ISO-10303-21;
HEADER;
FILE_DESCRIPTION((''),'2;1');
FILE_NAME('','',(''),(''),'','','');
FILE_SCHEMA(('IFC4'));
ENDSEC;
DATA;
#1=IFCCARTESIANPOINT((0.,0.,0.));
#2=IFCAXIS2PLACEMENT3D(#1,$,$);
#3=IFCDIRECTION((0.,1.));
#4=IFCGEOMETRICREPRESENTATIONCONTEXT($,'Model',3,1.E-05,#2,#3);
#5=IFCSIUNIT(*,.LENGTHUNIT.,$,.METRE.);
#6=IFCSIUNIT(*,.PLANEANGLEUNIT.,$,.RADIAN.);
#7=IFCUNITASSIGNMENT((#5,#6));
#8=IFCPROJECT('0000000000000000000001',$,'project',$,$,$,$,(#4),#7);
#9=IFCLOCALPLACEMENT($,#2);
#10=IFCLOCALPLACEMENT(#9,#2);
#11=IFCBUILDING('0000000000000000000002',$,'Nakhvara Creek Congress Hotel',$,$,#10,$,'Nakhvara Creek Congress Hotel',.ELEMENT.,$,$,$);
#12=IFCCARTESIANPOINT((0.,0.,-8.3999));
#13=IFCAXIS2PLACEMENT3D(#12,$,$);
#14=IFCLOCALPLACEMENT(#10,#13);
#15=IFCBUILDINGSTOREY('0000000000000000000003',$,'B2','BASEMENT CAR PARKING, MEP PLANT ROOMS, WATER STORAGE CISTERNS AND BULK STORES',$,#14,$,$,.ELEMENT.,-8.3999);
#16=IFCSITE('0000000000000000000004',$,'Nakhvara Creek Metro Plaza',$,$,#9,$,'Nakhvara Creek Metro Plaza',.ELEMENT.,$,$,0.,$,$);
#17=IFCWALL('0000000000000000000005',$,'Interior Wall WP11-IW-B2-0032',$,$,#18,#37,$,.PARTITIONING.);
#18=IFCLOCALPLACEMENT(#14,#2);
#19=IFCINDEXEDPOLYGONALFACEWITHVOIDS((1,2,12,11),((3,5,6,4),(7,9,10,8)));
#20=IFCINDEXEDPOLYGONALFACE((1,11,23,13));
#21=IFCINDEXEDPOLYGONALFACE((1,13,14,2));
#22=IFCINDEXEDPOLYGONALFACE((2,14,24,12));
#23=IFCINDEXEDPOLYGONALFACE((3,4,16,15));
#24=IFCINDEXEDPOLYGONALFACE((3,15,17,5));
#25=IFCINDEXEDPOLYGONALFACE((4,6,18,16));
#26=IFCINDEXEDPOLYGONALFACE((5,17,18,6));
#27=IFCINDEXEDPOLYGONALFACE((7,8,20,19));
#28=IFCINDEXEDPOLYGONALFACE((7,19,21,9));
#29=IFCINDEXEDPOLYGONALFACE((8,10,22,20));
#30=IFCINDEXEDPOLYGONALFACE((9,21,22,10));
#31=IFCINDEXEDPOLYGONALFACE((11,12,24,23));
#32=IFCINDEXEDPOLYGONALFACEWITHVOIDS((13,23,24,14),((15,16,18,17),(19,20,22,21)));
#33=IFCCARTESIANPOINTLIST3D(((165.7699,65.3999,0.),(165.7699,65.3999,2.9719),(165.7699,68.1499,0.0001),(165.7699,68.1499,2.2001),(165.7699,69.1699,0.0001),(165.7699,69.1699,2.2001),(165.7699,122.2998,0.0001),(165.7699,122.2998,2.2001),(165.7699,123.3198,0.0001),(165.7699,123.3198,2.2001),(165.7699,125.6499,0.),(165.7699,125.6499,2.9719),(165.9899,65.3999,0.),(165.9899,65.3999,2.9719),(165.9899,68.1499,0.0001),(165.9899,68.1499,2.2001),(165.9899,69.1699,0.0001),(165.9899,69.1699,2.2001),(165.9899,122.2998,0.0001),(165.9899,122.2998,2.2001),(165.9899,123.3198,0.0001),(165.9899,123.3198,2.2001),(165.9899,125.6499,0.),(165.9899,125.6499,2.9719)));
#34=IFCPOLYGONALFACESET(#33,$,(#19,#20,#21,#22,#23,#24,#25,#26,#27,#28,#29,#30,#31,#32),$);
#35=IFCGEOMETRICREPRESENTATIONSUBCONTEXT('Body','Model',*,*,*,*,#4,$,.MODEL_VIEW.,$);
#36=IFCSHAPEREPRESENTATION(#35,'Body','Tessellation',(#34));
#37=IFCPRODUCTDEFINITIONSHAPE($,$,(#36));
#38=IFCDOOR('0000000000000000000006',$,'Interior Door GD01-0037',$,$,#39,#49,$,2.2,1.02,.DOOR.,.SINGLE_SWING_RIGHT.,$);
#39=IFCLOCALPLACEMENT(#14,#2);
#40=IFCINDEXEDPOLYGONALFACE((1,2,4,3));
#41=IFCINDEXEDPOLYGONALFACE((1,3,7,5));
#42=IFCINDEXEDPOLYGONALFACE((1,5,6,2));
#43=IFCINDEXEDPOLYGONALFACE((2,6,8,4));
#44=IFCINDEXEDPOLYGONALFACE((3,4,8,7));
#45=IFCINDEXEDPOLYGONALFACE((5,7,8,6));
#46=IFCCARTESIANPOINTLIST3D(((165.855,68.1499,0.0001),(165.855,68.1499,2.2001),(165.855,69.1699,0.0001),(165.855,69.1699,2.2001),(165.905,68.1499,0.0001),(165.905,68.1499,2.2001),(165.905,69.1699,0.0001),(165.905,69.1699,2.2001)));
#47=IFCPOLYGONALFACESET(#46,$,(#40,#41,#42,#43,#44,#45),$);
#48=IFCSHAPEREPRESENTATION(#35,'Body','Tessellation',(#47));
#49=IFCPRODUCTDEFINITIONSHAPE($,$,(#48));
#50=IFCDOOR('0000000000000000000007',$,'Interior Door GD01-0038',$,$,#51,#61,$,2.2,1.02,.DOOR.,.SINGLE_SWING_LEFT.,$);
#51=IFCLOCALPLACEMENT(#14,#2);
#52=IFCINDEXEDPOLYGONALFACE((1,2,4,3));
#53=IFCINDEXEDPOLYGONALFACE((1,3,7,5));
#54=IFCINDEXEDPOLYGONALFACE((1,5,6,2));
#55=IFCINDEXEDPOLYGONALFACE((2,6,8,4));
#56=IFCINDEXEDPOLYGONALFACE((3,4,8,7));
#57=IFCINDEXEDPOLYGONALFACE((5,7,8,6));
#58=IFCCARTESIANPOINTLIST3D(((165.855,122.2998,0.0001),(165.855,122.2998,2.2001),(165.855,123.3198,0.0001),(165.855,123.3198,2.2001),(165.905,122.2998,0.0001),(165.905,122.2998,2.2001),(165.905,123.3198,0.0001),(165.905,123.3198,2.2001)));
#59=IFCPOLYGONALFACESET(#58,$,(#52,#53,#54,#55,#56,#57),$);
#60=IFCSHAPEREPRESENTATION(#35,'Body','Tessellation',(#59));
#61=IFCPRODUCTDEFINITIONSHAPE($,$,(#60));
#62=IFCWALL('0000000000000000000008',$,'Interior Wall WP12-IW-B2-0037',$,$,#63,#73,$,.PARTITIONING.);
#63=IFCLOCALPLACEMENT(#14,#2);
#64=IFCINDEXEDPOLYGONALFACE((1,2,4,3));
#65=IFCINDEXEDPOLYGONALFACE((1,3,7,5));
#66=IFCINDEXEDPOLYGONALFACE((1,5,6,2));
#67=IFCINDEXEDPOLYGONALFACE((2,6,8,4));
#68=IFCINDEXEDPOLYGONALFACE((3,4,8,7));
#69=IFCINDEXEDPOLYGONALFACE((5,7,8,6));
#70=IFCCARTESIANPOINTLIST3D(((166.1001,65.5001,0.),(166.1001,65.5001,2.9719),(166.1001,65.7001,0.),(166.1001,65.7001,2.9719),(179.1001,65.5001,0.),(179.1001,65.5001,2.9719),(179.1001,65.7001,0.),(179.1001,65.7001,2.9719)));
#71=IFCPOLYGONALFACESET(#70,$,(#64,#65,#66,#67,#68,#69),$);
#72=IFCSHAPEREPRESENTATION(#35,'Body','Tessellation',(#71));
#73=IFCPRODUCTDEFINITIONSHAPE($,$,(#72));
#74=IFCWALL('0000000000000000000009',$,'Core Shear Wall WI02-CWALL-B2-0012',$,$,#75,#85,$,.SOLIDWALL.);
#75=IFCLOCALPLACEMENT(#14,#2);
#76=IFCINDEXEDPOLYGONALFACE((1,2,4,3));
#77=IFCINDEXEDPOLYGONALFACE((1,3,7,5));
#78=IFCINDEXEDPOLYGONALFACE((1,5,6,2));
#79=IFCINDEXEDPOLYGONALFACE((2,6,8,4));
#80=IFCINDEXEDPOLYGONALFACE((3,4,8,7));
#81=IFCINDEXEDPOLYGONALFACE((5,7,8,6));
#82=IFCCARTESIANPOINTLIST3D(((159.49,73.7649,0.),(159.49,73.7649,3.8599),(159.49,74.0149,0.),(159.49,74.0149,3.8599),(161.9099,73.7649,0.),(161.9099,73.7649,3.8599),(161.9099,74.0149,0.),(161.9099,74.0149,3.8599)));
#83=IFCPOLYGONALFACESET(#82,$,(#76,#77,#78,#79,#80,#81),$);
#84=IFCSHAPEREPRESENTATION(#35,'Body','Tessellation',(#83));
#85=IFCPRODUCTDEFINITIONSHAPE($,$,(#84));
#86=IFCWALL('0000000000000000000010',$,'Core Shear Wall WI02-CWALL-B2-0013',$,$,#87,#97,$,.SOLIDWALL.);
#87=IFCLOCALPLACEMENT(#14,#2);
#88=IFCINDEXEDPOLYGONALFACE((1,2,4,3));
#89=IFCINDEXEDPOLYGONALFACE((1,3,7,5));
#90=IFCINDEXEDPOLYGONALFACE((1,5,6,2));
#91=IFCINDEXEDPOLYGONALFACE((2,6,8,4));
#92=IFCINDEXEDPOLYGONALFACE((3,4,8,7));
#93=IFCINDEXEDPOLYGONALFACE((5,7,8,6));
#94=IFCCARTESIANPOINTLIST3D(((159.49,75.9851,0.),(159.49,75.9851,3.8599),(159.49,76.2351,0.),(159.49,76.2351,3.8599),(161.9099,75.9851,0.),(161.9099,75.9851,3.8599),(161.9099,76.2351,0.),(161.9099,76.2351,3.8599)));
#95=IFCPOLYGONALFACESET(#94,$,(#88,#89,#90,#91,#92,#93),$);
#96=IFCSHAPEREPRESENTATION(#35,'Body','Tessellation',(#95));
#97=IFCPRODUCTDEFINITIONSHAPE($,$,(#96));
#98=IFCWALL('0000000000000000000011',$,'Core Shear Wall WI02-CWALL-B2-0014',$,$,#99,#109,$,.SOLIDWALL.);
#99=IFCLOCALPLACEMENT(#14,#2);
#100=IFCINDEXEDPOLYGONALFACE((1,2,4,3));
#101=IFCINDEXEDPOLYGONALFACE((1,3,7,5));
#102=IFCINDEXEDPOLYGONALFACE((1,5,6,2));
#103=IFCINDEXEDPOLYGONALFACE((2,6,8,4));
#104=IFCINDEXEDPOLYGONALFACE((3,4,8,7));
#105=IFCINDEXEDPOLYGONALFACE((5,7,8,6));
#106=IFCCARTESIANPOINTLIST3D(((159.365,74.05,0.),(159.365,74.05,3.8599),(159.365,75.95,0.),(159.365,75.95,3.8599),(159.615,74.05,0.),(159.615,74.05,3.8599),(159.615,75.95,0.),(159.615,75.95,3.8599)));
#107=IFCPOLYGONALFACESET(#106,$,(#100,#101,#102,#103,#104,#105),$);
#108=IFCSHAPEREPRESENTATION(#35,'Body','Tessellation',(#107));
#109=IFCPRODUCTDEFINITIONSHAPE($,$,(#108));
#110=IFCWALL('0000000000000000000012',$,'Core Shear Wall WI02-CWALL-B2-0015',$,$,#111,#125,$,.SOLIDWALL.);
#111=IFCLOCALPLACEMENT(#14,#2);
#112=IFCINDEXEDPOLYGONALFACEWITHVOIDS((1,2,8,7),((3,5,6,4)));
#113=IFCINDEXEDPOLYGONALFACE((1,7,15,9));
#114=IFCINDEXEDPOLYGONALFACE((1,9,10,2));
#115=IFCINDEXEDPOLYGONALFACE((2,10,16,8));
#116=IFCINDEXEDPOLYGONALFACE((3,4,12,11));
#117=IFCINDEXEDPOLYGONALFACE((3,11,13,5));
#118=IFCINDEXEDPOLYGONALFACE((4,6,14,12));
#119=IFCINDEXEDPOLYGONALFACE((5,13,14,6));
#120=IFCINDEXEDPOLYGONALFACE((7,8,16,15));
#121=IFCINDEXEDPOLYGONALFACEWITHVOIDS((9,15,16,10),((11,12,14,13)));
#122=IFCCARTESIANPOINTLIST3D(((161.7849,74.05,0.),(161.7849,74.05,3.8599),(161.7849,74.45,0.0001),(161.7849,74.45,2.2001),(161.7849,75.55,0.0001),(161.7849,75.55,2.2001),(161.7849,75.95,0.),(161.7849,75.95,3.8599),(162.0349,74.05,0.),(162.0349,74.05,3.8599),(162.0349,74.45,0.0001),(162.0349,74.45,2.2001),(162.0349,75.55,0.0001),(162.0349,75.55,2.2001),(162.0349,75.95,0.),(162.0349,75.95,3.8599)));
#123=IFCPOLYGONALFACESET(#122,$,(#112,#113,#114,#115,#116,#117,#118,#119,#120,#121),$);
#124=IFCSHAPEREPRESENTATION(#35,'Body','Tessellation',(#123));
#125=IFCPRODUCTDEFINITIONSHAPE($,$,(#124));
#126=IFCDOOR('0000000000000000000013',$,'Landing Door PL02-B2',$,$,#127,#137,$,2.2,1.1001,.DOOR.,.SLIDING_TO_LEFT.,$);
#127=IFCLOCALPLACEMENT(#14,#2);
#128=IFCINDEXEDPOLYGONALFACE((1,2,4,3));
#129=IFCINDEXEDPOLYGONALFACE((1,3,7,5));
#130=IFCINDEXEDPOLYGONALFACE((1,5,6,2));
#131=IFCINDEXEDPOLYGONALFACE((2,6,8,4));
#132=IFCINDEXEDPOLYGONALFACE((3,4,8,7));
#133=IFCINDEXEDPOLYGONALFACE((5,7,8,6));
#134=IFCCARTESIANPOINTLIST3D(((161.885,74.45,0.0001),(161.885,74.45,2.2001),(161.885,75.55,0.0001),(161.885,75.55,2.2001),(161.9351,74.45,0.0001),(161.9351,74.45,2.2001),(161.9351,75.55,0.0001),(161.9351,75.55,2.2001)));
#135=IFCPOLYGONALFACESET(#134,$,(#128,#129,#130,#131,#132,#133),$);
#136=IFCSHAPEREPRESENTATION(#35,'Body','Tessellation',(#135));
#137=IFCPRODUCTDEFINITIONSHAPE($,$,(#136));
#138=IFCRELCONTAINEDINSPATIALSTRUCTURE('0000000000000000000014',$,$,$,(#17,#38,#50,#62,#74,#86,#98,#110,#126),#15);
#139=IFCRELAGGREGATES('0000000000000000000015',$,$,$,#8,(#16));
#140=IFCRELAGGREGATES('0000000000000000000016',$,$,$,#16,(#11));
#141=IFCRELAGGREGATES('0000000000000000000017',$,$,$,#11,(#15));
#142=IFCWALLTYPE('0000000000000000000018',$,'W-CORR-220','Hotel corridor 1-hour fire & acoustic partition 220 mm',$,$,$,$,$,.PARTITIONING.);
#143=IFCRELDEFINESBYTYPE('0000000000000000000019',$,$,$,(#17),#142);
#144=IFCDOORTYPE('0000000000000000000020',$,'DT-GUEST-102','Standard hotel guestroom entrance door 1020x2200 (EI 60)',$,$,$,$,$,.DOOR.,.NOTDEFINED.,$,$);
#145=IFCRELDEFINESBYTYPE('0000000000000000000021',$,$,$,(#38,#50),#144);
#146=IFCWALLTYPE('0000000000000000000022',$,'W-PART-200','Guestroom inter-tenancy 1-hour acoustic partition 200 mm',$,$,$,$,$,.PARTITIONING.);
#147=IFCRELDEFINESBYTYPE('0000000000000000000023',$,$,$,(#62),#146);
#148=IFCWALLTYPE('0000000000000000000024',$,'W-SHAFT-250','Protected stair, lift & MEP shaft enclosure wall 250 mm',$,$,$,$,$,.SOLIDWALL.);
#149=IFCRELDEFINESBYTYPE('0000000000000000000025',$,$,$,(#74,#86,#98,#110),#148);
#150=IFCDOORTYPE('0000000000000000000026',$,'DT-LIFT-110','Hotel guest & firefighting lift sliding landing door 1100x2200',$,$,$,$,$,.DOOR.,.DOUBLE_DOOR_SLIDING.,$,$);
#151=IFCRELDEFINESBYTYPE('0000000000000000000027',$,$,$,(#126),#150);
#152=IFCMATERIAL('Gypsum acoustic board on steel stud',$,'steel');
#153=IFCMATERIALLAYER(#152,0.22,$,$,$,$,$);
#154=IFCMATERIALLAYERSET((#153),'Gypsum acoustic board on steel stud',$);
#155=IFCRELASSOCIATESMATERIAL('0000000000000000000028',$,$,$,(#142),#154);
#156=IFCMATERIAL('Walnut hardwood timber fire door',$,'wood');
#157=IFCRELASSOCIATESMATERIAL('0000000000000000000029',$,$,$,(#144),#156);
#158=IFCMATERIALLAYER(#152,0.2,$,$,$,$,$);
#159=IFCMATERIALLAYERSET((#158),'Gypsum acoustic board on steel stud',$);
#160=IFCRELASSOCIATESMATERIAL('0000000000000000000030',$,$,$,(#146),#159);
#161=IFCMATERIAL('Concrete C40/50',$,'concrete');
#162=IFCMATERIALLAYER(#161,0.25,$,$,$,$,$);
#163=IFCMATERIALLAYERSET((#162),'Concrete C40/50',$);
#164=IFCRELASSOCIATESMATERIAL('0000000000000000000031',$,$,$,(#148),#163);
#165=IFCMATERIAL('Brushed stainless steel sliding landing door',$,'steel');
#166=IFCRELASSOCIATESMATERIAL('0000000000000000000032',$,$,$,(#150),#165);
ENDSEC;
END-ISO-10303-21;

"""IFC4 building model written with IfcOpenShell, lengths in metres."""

from ifc_helpers import new_model, si_unit, direction, frame, frame_2d, origin, place, context, subcontext, project, spatial, rectangle, extrude, material, layer, layer_set, type_object, element, fill, save


model = new_model("IFC4")

# Units and contexts
model_context = context("Model", 3, precision=1e-05, world=origin(), true_north=direction((0.0, 1.0)))
body_context = subcontext(model_context, "Body", "Model", "MODEL_VIEW")
ifc_project = project(units=[si_unit("LENGTHUNIT", "METRE"), si_unit("PLANEANGLEUNIT", "RADIAN")], contexts=[model_context])

# Site, building, storey
site_placement = place(None, origin())
site = spatial("IfcSite", under=ifc_project, at=site_placement, Name="Nakhvara Creek Metro Plaza", LongName="Nakhvara Creek Metro Plaza", CompositionType="ELEMENT", RefElevation=0.0)
building_placement = place(site_placement, origin())
building = spatial("IfcBuilding", under=site, at=building_placement, Name="Nakhvara Creek Congress Hotel", LongName="Nakhvara Creek Congress Hotel", CompositionType="ELEMENT")
storey_placement = place(building_placement, frame((0.0, 0.0, -8.3999)))
storey = spatial("IfcBuildingStorey", under=building, at=storey_placement, Name="B2", Description="BASEMENT CAR PARKING, MEP PLANT ROOMS, WATER STORAGE CISTERNS AND BULK STORES", CompositionType="ELEMENT", Elevation=-8.3999)

# Shared definitions
ifc_material_1 = material(Name="Concrete C40/50", Category="concrete")

# Wall, openings, doors
ifc_material_2 = material(Name="Gypsum acoustic board on steel stud", Category="steel")
ifc_layer_1 = layer(ifc_material_2, 0.22)
ifc_layer_set_1 = layer_set([ifc_layer_1], Name="Gypsum acoustic board on steel stud")
wall_type_1 = type_object("IfcWallType", Name="W-CORR-220", Description="Hotel corridor 1-hour fire & acoustic partition 220 mm", PredefinedType="PARTITIONING", material=ifc_layer_set_1)
wall_1_placement = place(storey_placement, frame((165.8799, 65.3999, 0.0), z_axis=(0.0, 0.0, 1.0), x_axis=(0.0, 1.0, 0.0)))
wall_1 = element("IfcWall", 1, at=wall_1_placement, inside=storey, type_object=wall_type_1, Name="Interior Wall WP11-IW-B2-0032", PredefinedType="PARTITIONING", context=body_context, shape_type="SweptSolid", body=[
    extrude(rectangle(XDim=60.25, YDim=0.22, at=frame_2d((30.125, 0.0))), origin(), (0.0, 0.0, 1.0), 2.9719),
])
opening_1_placement = place(wall_1_placement, frame((2.75, 0.0, 0.0)))
opening_1 = element("IfcOpeningElement", 2, at=opening_1_placement, cuts=wall_1, PredefinedType="OPENING", context=body_context, shape_type="SweptSolid", body=[
    extrude(rectangle(XDim=1.02, YDim=2.2, at=frame_2d((0.51, 1.1001))), frame((0.0, 0.1221, 0.0), z_axis=(0.0, -1.0, 0.0), x_axis=(1.0, 0.0, 0.0)), (0.0, 0.0, 1.0), 0.2439),
])
opening_2_placement = place(wall_1_placement, frame((56.8999, 0.0, 0.0)))
opening_2 = element("IfcOpeningElement", 3, at=opening_2_placement, cuts=wall_1, PredefinedType="OPENING", context=body_context, shape_type="SweptSolid", body=[
    extrude(rectangle(XDim=1.02, YDim=2.2, at=frame_2d((0.51, 1.1001))), frame((0.0, 0.1221, 0.0), z_axis=(0.0, -1.0, 0.0), x_axis=(1.0, 0.0, 0.0)), (0.0, 0.0, 1.0), 0.2439),
])
ifc_material_3 = material(Name="Walnut hardwood timber fire door", Category="wood")
door_type_1 = type_object("IfcDoorType", Name="DT-GUEST-102", Description="Standard hotel guestroom entrance door 1020x2200 (EI 60)", OperationType="NOTDEFINED", PredefinedType="DOOR", material=ifc_material_3)
door_1_placement = place(opening_1_placement, origin())
door_1 = element("IfcDoor", 4, at=door_1_placement, inside=storey, type_object=door_type_1, Name="Interior Door GD01-0037", OperationType="SINGLE_SWING_RIGHT", OverallHeight=2.2, OverallWidth=1.02, PredefinedType="DOOR", context=body_context, shape_type="SweptSolid", body=[
    extrude(rectangle(XDim=1.02, YDim=2.2, at=frame_2d((0.51, 1.1001))), frame((0.0, 0.0249, 0.0), z_axis=(0.0, -1.0, 0.0), x_axis=(1.0, 0.0, 0.0)), (0.0, 0.0, 1.0), 0.05),
])
fill(opening_1, door_1)
door_2_placement = place(opening_2_placement, origin())
door_2 = element("IfcDoor", 5, at=door_2_placement, inside=storey, type_object=door_type_1, Name="Interior Door GD01-0038", OperationType="SINGLE_SWING_LEFT", OverallHeight=2.2, OverallWidth=1.02, PredefinedType="DOOR", context=body_context, shape_type="SweptSolid", body=[
    extrude(rectangle(XDim=1.02, YDim=2.2, at=frame_2d((0.51, 1.1001))), frame((0.0, 0.0249, 0.0), z_axis=(0.0, -1.0, 0.0), x_axis=(1.0, 0.0, 0.0)), (0.0, 0.0, 1.0), 0.05),
])
fill(opening_2, door_2)

# Walls
ifc_layer_2 = layer(ifc_material_2, 0.2)
ifc_layer_set_2 = layer_set([ifc_layer_2], Name="Gypsum acoustic board on steel stud")
wall_type_2 = type_object("IfcWallType", Name="W-PART-200", Description="Guestroom inter-tenancy 1-hour acoustic partition 200 mm", PredefinedType="PARTITIONING", material=ifc_layer_set_2)
wall_2_placement = place(storey_placement, frame((166.1001, 65.6001, 0.0), z_axis=(0.0, 0.0, 1.0), x_axis=(1.0, 0.0, 0.0)))
element("IfcWall", 6, at=wall_2_placement, inside=storey, type_object=wall_type_2, Name="Interior Wall WP12-IW-B2-0037", PredefinedType="PARTITIONING", context=body_context, shape_type="SweptSolid", body=[
    extrude(rectangle(XDim=13.0, YDim=0.2, at=frame_2d((6.5, 0.0))), origin(), (0.0, 0.0, 1.0), 2.9719),
])
ifc_layer_3 = layer(ifc_material_1, 0.25)
ifc_layer_set_3 = layer_set([ifc_layer_3], Name="Concrete C40/50")
wall_type_3 = type_object("IfcWallType", Name="W-SHAFT-250", Description="Protected stair, lift & MEP shaft enclosure wall 250 mm", PredefinedType="SOLIDWALL", material=ifc_layer_set_3)
for number, where, z_axis, x_axis, name in (
    (7, (159.49, 73.8899, 0.0), (0.0, 0.0, 1.0), (1.0, 0.0, 0.0), "Core Shear Wall WI02-CWALL-B2-0012"),
    (8, (159.49, 76.1101, 0.0), (0.0, 0.0, 1.0), (1.0, 0.0, 0.0), "Core Shear Wall WI02-CWALL-B2-0013"),
):
    element("IfcWall", number, at=place(storey_placement, frame(where, z_axis=z_axis, x_axis=x_axis)), inside=storey, type_object=wall_type_3, Name=name, PredefinedType="SOLIDWALL", context=body_context, shape_type="SweptSolid", body=[
        extrude(rectangle(XDim=2.4199, YDim=0.25, at=frame_2d((1.21, 0.0))), origin(), (0.0, 0.0, 1.0), 3.8599),
    ])
wall_3_placement = place(storey_placement, frame((159.49, 74.05, 0.0), z_axis=(0.0, 0.0, 1.0), x_axis=(0.0, 1.0, 0.0)))
element("IfcWall", 9, at=wall_3_placement, inside=storey, type_object=wall_type_3, Name="Core Shear Wall WI02-CWALL-B2-0014", PredefinedType="SOLIDWALL", context=body_context, shape_type="SweptSolid", body=[
    extrude(rectangle(XDim=1.8999, YDim=0.25, at=frame_2d((0.95, 0.0))), origin(), (0.0, 0.0, 1.0), 3.8599),
])

# Wall, opening, door
wall_4_placement = place(storey_placement, frame((161.9099, 74.05, 0.0), z_axis=(0.0, 0.0, 1.0), x_axis=(0.0, 1.0, 0.0)))
wall_4 = element("IfcWall", 10, at=wall_4_placement, inside=storey, type_object=wall_type_3, Name="Core Shear Wall WI02-CWALL-B2-0015", PredefinedType="SOLIDWALL", context=body_context, shape_type="SweptSolid", body=[
    extrude(rectangle(XDim=1.8999, YDim=0.25, at=frame_2d((0.95, 0.0))), origin(), (0.0, 0.0, 1.0), 3.8599),
])
opening_3_placement = place(wall_4_placement, frame((0.3999, 0.0, 0.0)))
opening_3 = element("IfcOpeningElement", 11, at=opening_3_placement, cuts=wall_4, PredefinedType="OPENING", context=body_context, shape_type="SweptSolid", body=[
    extrude(rectangle(XDim=1.1001, YDim=2.2, at=frame_2d((0.55, 1.1001))), frame((0.0, 0.137, 0.0), z_axis=(0.0, -1.0, 0.0), x_axis=(1.0, 0.0, 0.0)), (0.0, 0.0, 1.0), 0.2739),
])
ifc_material_4 = material(Name="Brushed stainless steel sliding landing door", Category="steel")
door_type_2 = type_object("IfcDoorType", Name="DT-LIFT-110", Description="Hotel guest & firefighting lift sliding landing door 1100x2200", OperationType="DOUBLE_DOOR_SLIDING", PredefinedType="DOOR", material=ifc_material_4)
door_3_placement = place(opening_3_placement, origin())
door_3 = element("IfcDoor", 12, at=door_3_placement, inside=storey, type_object=door_type_2, Name="Landing Door PL02-B2", OperationType="SLIDING_TO_LEFT", OverallHeight=2.2, OverallWidth=1.1001, PredefinedType="DOOR", context=body_context, shape_type="SweptSolid", body=[
    extrude(rectangle(XDim=1.1001, YDim=2.2, at=frame_2d((0.55, 1.1001))), frame((0.0, 0.0249, 0.0), z_axis=(0.0, -1.0, 0.0), x_axis=(1.0, 0.0, 0.0)), (0.0, 0.0, 1.0), 0.05),
])
fill(opening_3, door_3)

save(model, "model.ifc")
